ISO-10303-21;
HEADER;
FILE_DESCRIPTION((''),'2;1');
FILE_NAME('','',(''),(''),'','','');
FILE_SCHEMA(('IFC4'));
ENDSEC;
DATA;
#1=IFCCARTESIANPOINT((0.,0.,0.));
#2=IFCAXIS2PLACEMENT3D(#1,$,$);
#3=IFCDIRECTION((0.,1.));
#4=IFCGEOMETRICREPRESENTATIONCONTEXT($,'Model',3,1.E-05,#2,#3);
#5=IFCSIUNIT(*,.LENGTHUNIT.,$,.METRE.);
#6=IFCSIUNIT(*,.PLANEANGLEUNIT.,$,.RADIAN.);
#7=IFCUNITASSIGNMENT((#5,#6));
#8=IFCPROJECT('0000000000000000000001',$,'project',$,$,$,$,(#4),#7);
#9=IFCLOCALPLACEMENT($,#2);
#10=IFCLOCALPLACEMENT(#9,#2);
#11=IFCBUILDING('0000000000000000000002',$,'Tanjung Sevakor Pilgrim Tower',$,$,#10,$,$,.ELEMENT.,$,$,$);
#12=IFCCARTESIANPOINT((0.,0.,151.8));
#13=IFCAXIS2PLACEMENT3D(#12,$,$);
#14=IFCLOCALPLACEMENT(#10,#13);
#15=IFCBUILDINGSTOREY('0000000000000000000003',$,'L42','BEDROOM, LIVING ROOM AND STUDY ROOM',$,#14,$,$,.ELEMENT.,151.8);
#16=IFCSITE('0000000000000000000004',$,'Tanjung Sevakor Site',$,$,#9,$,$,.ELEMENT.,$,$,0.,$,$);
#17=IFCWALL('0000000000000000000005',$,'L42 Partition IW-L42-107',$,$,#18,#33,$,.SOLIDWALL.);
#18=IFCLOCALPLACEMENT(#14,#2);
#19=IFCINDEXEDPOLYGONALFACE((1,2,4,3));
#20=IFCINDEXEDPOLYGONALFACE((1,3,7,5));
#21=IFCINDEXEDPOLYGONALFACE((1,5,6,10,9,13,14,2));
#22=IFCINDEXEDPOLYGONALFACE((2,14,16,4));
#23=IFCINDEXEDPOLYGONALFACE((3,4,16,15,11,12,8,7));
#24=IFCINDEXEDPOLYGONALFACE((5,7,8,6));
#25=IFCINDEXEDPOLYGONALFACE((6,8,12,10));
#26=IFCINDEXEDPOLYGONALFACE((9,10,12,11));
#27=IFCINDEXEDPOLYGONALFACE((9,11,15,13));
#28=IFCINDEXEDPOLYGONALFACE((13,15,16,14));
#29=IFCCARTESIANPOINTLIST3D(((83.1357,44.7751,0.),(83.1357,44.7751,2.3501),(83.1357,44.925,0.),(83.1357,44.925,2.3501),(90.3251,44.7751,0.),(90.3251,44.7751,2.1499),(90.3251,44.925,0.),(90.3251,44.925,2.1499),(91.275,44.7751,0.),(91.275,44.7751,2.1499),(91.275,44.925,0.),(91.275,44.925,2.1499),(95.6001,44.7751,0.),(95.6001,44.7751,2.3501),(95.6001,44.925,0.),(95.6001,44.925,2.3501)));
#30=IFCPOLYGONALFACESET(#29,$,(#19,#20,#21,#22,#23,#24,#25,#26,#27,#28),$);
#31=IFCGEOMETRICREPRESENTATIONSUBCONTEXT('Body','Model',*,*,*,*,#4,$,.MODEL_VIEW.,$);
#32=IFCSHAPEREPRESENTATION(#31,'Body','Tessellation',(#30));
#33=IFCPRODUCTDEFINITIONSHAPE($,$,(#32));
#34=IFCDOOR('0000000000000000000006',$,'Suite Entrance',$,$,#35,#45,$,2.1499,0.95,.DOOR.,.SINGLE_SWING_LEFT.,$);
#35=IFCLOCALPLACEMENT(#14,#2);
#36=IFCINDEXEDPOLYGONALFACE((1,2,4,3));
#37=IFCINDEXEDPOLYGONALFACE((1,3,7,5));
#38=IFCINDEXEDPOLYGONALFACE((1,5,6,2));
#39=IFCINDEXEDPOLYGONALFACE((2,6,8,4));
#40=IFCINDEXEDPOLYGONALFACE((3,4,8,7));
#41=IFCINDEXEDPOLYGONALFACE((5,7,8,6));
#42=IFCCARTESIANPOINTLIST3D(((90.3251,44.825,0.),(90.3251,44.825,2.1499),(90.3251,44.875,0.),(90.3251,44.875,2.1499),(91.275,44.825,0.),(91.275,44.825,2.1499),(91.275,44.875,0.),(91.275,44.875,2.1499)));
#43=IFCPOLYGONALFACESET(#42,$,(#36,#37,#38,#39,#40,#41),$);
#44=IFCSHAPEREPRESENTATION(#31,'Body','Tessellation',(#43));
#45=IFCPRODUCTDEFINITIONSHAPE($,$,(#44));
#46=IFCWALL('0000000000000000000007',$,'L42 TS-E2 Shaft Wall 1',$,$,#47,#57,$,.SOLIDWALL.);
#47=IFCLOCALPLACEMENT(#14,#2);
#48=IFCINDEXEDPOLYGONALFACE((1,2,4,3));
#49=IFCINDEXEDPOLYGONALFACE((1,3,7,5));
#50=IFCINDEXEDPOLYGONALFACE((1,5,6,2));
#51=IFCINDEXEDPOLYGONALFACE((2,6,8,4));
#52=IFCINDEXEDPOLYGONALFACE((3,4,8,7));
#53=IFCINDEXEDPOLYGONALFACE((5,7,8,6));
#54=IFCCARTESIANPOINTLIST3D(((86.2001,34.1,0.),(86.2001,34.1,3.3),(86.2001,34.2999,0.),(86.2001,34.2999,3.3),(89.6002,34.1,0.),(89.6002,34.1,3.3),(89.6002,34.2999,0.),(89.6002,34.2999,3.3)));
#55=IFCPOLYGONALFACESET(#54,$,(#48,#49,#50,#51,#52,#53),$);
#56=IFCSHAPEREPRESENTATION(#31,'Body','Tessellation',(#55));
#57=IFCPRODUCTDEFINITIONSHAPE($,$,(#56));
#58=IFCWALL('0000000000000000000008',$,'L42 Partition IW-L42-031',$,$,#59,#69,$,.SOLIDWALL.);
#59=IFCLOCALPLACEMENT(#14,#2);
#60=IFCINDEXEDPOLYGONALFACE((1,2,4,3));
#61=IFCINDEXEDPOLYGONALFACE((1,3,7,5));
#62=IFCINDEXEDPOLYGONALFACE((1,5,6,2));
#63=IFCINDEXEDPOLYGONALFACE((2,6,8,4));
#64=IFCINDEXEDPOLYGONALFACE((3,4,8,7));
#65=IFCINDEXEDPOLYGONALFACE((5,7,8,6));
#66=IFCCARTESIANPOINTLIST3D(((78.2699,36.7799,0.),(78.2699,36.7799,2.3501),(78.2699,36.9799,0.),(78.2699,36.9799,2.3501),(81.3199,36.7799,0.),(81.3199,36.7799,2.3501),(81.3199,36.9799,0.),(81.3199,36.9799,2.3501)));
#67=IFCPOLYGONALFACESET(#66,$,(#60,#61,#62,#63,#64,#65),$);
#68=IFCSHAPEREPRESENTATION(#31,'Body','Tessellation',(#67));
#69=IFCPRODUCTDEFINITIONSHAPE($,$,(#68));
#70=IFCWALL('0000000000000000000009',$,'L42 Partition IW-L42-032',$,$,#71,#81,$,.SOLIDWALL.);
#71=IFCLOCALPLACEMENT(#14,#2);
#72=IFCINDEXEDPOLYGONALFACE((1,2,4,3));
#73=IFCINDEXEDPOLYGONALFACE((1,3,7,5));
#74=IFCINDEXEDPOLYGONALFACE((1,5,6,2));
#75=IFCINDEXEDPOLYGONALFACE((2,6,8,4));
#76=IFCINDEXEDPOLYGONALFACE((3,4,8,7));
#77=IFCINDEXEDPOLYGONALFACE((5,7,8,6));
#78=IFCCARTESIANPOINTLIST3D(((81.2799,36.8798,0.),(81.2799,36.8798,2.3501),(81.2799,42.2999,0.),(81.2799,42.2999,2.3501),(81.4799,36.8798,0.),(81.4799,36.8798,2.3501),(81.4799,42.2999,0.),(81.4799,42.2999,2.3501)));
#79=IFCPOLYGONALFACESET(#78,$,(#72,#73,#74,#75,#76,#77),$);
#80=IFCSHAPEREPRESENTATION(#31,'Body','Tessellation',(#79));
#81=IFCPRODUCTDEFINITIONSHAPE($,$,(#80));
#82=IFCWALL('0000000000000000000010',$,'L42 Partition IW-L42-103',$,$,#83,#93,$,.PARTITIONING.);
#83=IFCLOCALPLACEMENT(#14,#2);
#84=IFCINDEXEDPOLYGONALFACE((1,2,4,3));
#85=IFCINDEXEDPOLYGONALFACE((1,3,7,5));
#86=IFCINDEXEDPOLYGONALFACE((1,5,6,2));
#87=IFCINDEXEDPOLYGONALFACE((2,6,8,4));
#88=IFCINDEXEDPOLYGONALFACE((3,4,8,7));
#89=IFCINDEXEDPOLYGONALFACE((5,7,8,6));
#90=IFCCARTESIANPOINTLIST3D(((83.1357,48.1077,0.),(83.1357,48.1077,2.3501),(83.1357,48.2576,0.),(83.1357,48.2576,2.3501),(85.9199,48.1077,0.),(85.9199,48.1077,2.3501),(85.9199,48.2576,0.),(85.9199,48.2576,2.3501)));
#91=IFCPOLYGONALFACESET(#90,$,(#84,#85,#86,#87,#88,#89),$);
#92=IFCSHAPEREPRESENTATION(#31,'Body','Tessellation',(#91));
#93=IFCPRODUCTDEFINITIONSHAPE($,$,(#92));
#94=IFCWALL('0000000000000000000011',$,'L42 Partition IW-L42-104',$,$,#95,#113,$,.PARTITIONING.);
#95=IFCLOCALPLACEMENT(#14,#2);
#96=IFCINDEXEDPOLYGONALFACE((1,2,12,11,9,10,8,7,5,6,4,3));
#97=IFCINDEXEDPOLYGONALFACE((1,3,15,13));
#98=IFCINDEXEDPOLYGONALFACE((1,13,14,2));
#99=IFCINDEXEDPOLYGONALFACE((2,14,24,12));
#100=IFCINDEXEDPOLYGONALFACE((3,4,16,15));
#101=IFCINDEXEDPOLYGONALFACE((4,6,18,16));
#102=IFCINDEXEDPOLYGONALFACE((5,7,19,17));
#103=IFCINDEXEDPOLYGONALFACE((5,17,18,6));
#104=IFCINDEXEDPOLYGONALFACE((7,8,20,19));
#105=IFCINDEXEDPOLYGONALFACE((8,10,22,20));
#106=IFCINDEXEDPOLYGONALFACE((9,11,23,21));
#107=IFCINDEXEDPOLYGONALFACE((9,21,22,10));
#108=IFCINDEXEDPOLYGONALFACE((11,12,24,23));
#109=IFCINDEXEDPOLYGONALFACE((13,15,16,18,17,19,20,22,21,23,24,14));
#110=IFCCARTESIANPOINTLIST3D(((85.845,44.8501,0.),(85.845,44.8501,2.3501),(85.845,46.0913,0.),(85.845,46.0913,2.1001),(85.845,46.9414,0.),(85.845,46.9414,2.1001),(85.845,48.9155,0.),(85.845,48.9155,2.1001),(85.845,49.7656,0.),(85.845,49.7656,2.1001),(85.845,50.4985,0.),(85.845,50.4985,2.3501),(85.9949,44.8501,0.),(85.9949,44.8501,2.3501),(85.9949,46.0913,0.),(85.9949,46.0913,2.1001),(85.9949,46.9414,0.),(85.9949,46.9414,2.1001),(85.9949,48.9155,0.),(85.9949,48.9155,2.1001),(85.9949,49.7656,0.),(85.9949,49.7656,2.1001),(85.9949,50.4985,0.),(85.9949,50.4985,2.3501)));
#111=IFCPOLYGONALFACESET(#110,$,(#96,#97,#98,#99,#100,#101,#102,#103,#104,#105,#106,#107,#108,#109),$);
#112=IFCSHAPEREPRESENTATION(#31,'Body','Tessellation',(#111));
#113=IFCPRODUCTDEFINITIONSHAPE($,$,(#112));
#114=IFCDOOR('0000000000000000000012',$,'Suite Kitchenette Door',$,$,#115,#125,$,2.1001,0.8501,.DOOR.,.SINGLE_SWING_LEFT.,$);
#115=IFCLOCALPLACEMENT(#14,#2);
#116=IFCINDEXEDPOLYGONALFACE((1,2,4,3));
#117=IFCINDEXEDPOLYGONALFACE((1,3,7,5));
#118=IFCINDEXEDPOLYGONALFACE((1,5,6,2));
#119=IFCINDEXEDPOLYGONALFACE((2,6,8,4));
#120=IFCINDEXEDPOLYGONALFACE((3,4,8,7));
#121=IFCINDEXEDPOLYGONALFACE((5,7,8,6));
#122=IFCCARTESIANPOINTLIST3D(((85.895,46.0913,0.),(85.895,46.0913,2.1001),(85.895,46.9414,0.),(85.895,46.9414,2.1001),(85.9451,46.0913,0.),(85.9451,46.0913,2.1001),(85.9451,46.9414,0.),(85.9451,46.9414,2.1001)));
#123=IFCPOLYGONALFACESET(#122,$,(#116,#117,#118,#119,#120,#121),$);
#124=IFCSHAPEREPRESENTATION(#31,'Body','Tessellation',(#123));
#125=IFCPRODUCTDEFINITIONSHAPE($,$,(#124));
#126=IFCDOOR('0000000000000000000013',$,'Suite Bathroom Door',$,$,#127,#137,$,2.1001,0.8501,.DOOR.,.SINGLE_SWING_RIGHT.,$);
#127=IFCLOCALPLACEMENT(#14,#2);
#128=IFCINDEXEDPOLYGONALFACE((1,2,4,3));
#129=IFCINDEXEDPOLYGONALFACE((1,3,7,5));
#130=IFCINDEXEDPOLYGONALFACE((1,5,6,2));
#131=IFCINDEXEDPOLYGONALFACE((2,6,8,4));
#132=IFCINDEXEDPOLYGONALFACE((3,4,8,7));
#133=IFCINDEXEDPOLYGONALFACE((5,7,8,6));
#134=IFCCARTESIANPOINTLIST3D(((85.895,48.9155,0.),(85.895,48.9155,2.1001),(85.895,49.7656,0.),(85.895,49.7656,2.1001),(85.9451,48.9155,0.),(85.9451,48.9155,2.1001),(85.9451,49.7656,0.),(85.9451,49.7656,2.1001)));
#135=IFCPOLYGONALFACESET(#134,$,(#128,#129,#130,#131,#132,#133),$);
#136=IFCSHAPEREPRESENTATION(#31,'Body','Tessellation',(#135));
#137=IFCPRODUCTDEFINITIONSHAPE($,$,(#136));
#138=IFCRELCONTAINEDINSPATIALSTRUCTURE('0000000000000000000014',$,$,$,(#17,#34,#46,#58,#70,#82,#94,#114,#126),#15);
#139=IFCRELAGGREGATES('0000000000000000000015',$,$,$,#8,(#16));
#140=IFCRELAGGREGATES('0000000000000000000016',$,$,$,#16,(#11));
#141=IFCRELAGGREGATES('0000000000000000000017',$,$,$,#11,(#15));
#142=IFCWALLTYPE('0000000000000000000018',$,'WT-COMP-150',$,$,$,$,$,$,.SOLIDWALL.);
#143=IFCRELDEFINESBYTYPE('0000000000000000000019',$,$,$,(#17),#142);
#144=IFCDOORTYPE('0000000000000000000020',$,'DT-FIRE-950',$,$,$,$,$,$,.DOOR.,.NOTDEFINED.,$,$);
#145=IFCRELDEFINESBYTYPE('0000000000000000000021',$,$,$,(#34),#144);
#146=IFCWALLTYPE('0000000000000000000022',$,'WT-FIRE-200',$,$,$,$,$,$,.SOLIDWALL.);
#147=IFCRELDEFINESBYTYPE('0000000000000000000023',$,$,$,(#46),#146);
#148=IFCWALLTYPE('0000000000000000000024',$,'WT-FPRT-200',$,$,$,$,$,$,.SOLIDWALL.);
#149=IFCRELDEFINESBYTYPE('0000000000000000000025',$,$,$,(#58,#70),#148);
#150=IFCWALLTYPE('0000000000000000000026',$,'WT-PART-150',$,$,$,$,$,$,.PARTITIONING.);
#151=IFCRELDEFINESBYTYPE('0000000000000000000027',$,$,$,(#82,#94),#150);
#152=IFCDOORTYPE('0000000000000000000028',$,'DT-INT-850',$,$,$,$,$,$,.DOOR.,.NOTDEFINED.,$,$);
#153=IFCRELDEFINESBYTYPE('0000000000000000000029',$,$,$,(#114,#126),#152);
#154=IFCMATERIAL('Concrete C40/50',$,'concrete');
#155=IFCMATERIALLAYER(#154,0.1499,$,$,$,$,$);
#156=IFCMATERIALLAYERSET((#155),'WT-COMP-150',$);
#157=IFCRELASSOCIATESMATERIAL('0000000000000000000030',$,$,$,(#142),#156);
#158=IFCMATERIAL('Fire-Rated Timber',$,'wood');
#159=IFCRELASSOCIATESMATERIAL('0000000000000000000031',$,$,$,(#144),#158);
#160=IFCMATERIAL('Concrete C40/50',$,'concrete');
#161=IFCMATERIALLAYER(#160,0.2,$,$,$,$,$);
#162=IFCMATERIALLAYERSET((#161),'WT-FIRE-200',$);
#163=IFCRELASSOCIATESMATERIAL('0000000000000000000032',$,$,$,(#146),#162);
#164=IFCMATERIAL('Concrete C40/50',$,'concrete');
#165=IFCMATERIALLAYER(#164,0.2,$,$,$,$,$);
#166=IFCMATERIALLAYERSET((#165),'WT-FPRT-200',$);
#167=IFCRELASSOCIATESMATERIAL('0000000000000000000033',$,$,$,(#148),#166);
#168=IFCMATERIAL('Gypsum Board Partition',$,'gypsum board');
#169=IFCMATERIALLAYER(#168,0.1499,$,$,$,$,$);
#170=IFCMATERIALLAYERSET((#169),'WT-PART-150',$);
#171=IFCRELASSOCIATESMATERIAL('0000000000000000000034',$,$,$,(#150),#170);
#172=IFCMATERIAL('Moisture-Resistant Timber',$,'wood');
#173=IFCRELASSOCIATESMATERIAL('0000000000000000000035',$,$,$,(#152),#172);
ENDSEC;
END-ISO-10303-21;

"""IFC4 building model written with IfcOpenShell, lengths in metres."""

from ifc_helpers import new_model, si_unit, direction, frame, frame_2d, origin, place, context, subcontext, project, spatial, rectangle, extrude, material, layer, layer_set, type_object, element, fill, save


model = new_model("IFC4")

# Units and contexts
model_context = context("Model", 3, precision=1e-05, world=origin(), true_north=direction((0.0, 1.0)))
body_context = subcontext(model_context, "Body", "Model", "MODEL_VIEW")
ifc_project = project(units=[si_unit("LENGTHUNIT", "METRE"), si_unit("PLANEANGLEUNIT", "RADIAN")], contexts=[model_context])

# Site, building, storey
site_placement = place(None, origin())
site = spatial("IfcSite", under=ifc_project, at=site_placement, Name="Tanjung Sevakor Site", CompositionType="ELEMENT", RefElevation=0.0)
building_placement = place(site_placement, origin())
building = spatial("IfcBuilding", under=site, at=building_placement, Name="Tanjung Sevakor Pilgrim Tower", CompositionType="ELEMENT")
storey_placement = place(building_placement, frame((0.0, 0.0, 151.8)))
storey = spatial("IfcBuildingStorey", under=building, at=storey_placement, Name="L42", Description="BEDROOM, LIVING ROOM AND STUDY ROOM", CompositionType="ELEMENT", Elevation=151.8)

# Shared definitions
ifc_material_1 = material(Name="Concrete C40/50", Category="concrete")
ifc_layer_1 = layer(ifc_material_1, 0.1499)
ifc_layer_set_1 = layer_set([ifc_layer_1], Name="WT-COMP-150")
wall_type_1 = type_object("IfcWallType", Name="WT-COMP-150", PredefinedType="SOLIDWALL", material=ifc_layer_set_1)

# Shared definitions
ifc_material_2 = material(Name="Fire-Rated Timber", Category="wood")
door_type_1 = type_object("IfcDoorType", Name="DT-FIRE-950", OperationType="NOTDEFINED", PredefinedType="DOOR", material=ifc_material_2)

# Wall, opening, door
wall_1_placement = place(storey_placement, frame((83.1357, 44.8501, 0.0), z_axis=(0.0, 0.0, 1.0), x_axis=(1.0, 0.0, 0.0)))
wall_1 = element("IfcWall", 1, at=wall_1_placement, inside=storey, type_object=wall_type_1, Name="L42 Partition IW-L42-107", PredefinedType="SOLIDWALL", context=body_context, shape_type="SweptSolid", body=[
    extrude(rectangle(XDim=12.4644, YDim=0.1499, at=frame_2d((6.2322, 0.0))), origin(), (0.0, 0.0, 1.0), 2.3501),
])
opening_1_placement = place(wall_1_placement, frame((7.1892, 0.0, 0.0)))
opening_1 = element("IfcOpeningElement", 2, at=opening_1_placement, cuts=wall_1, PredefinedType="OPENING", context=body_context, shape_type="SweptSolid", body=[
    extrude(rectangle(XDim=0.95, YDim=2.1499, at=frame_2d((0.4751, 1.075))), frame((0.0, 0.085, 0.0), z_axis=(0.0, -1.0, 0.0), x_axis=(1.0, 0.0, 0.0)), (0.0, 0.0, 1.0), 0.1699),
])
door_1_placement = place(opening_1_placement, origin())
door_1 = element("IfcDoor", 3, at=door_1_placement, inside=storey, type_object=door_type_1, Name="Suite Entrance", OperationType="SINGLE_SWING_LEFT", OverallHeight=2.1499, OverallWidth=0.95, PredefinedType="DOOR", context=body_context, shape_type="SweptSolid", body=[
    extrude(rectangle(XDim=0.95, YDim=2.1499, at=frame_2d((0.4751, 1.075))), frame((0.0, 0.0249, 0.0), z_axis=(0.0, -1.0, 0.0), x_axis=(1.0, 0.0, 0.0)), (0.0, 0.0, 1.0), 0.05),
])
fill(opening_1, door_1)

# Walls
ifc_material_3 = material(Name="Concrete C40/50", Category="concrete")
ifc_layer_2 = layer(ifc_material_3, 0.2)
ifc_layer_set_2 = layer_set([ifc_layer_2], Name="WT-FIRE-200")
wall_type_2 = type_object("IfcWallType", Name="WT-FIRE-200", PredefinedType="SOLIDWALL", material=ifc_layer_set_2)
wall_2_placement = place(storey_placement, frame((86.2, 34.2, 0.0), z_axis=(0.0, 0.0, 1.0), x_axis=(1.0, 0.0, 0.0)))
element("IfcWall", 4, at=wall_2_placement, inside=storey, type_object=wall_type_2, Name="L42 TS-E2 Shaft Wall 1", PredefinedType="SOLIDWALL", context=body_context, shape_type="SweptSolid", body=[
    extrude(rectangle(XDim=3.4001, YDim=0.2, at=frame_2d((1.7002, 0.0))), origin(), (0.0, 0.0, 1.0), 3.3),
])
ifc_material_4 = material(Name="Concrete C40/50", Category="concrete")
ifc_layer_3 = layer(ifc_material_4, 0.2)
ifc_layer_set_3 = layer_set([ifc_layer_3], Name="WT-FPRT-200")
wall_type_3 = type_object("IfcWallType", Name="WT-FPRT-200", PredefinedType="SOLIDWALL", material=ifc_layer_set_3)
wall_3_placement = place(storey_placement, frame((78.27, 36.8799, 0.0), z_axis=(0.0, 0.0, 1.0), x_axis=(1.0, 0.0, 0.0)))
element("IfcWall", 5, at=wall_3_placement, inside=storey, type_object=wall_type_3, Name="L42 Partition IW-L42-031", PredefinedType="SOLIDWALL", context=body_context, shape_type="SweptSolid", body=[
    extrude(rectangle(XDim=3.05, YDim=0.2, at=frame_2d((1.5249, 0.0))), origin(), (0.0, 0.0, 1.0), 2.3501),
])
wall_4_placement = place(storey_placement, frame((81.3799, 36.8799, 0.0), z_axis=(0.0, 0.0, 1.0), x_axis=(0.0, 1.0, 0.0)))
element("IfcWall", 6, at=wall_4_placement, inside=storey, type_object=wall_type_3, Name="L42 Partition IW-L42-032", PredefinedType="SOLIDWALL", context=body_context, shape_type="SweptSolid", body=[
    extrude(rectangle(XDim=5.4202, YDim=0.2, at=frame_2d((2.71, 0.0))), origin(), (0.0, 0.0, 1.0), 2.3501),
])
ifc_material_5 = material(Name="Gypsum Board Partition", Category="gypsum board")
ifc_layer_4 = layer(ifc_material_5, 0.1499)
ifc_layer_set_4 = layer_set([ifc_layer_4], Name="WT-PART-150")
wall_type_4 = type_object("IfcWallType", Name="WT-PART-150", PredefinedType="PARTITIONING", material=ifc_layer_set_4)
wall_5_placement = place(storey_placement, frame((83.1357, 48.1826, 0.0), z_axis=(0.0, 0.0, 1.0), x_axis=(1.0, 0.0, 0.0)))
element("IfcWall", 7, at=wall_5_placement, inside=storey, type_object=wall_type_4, Name="L42 Partition IW-L42-103", PredefinedType="PARTITIONING", context=body_context, shape_type="SweptSolid", body=[
    extrude(rectangle(XDim=2.7842, YDim=0.1499, at=frame_2d((1.3921, 0.0))), origin(), (0.0, 0.0, 1.0), 2.3501),
])

# Wall, openings, doors
wall_6_placement = place(storey_placement, frame((85.9199, 44.8501, 0.0), z_axis=(0.0, 0.0, 1.0), x_axis=(0.0, 1.0, 0.0)))
wall_6 = element("IfcWall", 8, at=wall_6_placement, inside=storey, type_object=wall_type_4, Name="L42 Partition IW-L42-104", PredefinedType="PARTITIONING", context=body_context, shape_type="SweptSolid", body=[
    extrude(rectangle(XDim=5.6484, YDim=0.1499, at=frame_2d((2.8242, 0.0))), origin(), (0.0, 0.0, 1.0), 2.3501),
])
opening_2_placement = place(wall_6_placement, frame((1.2412, 0.0, 0.0)))
opening_2 = element("IfcOpeningElement", 9, at=opening_2_placement, cuts=wall_6, PredefinedType="OPENING", context=body_context, shape_type="SweptSolid", body=[
    extrude(rectangle(XDim=0.8501, YDim=2.1001, at=frame_2d((0.425, 1.05))), frame((0.0, 0.085, 0.0), z_axis=(0.0, -1.0, 0.0), x_axis=(1.0, 0.0, 0.0)), (0.0, 0.0, 1.0), 0.1699),
])
opening_3_placement = place(wall_6_placement, frame((4.0654, 0.0, 0.0)))
opening_3 = element("IfcOpeningElement", 10, at=opening_3_placement, cuts=wall_6, PredefinedType="OPENING", context=body_context, shape_type="SweptSolid", body=[
    extrude(rectangle(XDim=0.8501, YDim=2.1001, at=frame_2d((0.425, 1.05))), frame((0.0, 0.085, 0.0), z_axis=(0.0, -1.0, 0.0), x_axis=(1.0, 0.0, 0.0)), (0.0, 0.0, 1.0), 0.1699),
])
ifc_material_6 = material(Name="Moisture-Resistant Timber", Category="wood")
door_type_2 = type_object("IfcDoorType", Name="DT-INT-850", OperationType="NOTDEFINED", PredefinedType="DOOR", material=ifc_material_6)
door_2_placement = place(opening_2_placement, origin())
door_2 = element("IfcDoor", 11, at=door_2_placement, inside=storey, type_object=door_type_2, Name="Suite Kitchenette Door", OperationType="SINGLE_SWING_LEFT", OverallHeight=2.1001, OverallWidth=0.8501, PredefinedType="DOOR", context=body_context, shape_type="SweptSolid", body=[
    extrude(rectangle(XDim=0.8501, YDim=2.1001, at=frame_2d((0.425, 1.05))), frame((0.0, 0.0249, 0.0), z_axis=(0.0, -1.0, 0.0), x_axis=(1.0, 0.0, 0.0)), (0.0, 0.0, 1.0), 0.05),
])
fill(opening_2, door_2)
door_3_placement = place(opening_3_placement, origin())
door_3 = element("IfcDoor", 12, at=door_3_placement, inside=storey, type_object=door_type_2, Name="Suite Bathroom Door", OperationType="SINGLE_SWING_RIGHT", OverallHeight=2.1001, OverallWidth=0.8501, PredefinedType="DOOR", context=body_context, shape_type="SweptSolid", body=[
    extrude(rectangle(XDim=0.8501, YDim=2.1001, at=frame_2d((0.425, 1.05))), frame((0.0, 0.0249, 0.0), z_axis=(0.0, -1.0, 0.0), x_axis=(1.0, 0.0, 0.0)), (0.0, 0.0, 1.0), 0.05),
])
fill(opening_3, door_3)

save(model, "model.ifc")
